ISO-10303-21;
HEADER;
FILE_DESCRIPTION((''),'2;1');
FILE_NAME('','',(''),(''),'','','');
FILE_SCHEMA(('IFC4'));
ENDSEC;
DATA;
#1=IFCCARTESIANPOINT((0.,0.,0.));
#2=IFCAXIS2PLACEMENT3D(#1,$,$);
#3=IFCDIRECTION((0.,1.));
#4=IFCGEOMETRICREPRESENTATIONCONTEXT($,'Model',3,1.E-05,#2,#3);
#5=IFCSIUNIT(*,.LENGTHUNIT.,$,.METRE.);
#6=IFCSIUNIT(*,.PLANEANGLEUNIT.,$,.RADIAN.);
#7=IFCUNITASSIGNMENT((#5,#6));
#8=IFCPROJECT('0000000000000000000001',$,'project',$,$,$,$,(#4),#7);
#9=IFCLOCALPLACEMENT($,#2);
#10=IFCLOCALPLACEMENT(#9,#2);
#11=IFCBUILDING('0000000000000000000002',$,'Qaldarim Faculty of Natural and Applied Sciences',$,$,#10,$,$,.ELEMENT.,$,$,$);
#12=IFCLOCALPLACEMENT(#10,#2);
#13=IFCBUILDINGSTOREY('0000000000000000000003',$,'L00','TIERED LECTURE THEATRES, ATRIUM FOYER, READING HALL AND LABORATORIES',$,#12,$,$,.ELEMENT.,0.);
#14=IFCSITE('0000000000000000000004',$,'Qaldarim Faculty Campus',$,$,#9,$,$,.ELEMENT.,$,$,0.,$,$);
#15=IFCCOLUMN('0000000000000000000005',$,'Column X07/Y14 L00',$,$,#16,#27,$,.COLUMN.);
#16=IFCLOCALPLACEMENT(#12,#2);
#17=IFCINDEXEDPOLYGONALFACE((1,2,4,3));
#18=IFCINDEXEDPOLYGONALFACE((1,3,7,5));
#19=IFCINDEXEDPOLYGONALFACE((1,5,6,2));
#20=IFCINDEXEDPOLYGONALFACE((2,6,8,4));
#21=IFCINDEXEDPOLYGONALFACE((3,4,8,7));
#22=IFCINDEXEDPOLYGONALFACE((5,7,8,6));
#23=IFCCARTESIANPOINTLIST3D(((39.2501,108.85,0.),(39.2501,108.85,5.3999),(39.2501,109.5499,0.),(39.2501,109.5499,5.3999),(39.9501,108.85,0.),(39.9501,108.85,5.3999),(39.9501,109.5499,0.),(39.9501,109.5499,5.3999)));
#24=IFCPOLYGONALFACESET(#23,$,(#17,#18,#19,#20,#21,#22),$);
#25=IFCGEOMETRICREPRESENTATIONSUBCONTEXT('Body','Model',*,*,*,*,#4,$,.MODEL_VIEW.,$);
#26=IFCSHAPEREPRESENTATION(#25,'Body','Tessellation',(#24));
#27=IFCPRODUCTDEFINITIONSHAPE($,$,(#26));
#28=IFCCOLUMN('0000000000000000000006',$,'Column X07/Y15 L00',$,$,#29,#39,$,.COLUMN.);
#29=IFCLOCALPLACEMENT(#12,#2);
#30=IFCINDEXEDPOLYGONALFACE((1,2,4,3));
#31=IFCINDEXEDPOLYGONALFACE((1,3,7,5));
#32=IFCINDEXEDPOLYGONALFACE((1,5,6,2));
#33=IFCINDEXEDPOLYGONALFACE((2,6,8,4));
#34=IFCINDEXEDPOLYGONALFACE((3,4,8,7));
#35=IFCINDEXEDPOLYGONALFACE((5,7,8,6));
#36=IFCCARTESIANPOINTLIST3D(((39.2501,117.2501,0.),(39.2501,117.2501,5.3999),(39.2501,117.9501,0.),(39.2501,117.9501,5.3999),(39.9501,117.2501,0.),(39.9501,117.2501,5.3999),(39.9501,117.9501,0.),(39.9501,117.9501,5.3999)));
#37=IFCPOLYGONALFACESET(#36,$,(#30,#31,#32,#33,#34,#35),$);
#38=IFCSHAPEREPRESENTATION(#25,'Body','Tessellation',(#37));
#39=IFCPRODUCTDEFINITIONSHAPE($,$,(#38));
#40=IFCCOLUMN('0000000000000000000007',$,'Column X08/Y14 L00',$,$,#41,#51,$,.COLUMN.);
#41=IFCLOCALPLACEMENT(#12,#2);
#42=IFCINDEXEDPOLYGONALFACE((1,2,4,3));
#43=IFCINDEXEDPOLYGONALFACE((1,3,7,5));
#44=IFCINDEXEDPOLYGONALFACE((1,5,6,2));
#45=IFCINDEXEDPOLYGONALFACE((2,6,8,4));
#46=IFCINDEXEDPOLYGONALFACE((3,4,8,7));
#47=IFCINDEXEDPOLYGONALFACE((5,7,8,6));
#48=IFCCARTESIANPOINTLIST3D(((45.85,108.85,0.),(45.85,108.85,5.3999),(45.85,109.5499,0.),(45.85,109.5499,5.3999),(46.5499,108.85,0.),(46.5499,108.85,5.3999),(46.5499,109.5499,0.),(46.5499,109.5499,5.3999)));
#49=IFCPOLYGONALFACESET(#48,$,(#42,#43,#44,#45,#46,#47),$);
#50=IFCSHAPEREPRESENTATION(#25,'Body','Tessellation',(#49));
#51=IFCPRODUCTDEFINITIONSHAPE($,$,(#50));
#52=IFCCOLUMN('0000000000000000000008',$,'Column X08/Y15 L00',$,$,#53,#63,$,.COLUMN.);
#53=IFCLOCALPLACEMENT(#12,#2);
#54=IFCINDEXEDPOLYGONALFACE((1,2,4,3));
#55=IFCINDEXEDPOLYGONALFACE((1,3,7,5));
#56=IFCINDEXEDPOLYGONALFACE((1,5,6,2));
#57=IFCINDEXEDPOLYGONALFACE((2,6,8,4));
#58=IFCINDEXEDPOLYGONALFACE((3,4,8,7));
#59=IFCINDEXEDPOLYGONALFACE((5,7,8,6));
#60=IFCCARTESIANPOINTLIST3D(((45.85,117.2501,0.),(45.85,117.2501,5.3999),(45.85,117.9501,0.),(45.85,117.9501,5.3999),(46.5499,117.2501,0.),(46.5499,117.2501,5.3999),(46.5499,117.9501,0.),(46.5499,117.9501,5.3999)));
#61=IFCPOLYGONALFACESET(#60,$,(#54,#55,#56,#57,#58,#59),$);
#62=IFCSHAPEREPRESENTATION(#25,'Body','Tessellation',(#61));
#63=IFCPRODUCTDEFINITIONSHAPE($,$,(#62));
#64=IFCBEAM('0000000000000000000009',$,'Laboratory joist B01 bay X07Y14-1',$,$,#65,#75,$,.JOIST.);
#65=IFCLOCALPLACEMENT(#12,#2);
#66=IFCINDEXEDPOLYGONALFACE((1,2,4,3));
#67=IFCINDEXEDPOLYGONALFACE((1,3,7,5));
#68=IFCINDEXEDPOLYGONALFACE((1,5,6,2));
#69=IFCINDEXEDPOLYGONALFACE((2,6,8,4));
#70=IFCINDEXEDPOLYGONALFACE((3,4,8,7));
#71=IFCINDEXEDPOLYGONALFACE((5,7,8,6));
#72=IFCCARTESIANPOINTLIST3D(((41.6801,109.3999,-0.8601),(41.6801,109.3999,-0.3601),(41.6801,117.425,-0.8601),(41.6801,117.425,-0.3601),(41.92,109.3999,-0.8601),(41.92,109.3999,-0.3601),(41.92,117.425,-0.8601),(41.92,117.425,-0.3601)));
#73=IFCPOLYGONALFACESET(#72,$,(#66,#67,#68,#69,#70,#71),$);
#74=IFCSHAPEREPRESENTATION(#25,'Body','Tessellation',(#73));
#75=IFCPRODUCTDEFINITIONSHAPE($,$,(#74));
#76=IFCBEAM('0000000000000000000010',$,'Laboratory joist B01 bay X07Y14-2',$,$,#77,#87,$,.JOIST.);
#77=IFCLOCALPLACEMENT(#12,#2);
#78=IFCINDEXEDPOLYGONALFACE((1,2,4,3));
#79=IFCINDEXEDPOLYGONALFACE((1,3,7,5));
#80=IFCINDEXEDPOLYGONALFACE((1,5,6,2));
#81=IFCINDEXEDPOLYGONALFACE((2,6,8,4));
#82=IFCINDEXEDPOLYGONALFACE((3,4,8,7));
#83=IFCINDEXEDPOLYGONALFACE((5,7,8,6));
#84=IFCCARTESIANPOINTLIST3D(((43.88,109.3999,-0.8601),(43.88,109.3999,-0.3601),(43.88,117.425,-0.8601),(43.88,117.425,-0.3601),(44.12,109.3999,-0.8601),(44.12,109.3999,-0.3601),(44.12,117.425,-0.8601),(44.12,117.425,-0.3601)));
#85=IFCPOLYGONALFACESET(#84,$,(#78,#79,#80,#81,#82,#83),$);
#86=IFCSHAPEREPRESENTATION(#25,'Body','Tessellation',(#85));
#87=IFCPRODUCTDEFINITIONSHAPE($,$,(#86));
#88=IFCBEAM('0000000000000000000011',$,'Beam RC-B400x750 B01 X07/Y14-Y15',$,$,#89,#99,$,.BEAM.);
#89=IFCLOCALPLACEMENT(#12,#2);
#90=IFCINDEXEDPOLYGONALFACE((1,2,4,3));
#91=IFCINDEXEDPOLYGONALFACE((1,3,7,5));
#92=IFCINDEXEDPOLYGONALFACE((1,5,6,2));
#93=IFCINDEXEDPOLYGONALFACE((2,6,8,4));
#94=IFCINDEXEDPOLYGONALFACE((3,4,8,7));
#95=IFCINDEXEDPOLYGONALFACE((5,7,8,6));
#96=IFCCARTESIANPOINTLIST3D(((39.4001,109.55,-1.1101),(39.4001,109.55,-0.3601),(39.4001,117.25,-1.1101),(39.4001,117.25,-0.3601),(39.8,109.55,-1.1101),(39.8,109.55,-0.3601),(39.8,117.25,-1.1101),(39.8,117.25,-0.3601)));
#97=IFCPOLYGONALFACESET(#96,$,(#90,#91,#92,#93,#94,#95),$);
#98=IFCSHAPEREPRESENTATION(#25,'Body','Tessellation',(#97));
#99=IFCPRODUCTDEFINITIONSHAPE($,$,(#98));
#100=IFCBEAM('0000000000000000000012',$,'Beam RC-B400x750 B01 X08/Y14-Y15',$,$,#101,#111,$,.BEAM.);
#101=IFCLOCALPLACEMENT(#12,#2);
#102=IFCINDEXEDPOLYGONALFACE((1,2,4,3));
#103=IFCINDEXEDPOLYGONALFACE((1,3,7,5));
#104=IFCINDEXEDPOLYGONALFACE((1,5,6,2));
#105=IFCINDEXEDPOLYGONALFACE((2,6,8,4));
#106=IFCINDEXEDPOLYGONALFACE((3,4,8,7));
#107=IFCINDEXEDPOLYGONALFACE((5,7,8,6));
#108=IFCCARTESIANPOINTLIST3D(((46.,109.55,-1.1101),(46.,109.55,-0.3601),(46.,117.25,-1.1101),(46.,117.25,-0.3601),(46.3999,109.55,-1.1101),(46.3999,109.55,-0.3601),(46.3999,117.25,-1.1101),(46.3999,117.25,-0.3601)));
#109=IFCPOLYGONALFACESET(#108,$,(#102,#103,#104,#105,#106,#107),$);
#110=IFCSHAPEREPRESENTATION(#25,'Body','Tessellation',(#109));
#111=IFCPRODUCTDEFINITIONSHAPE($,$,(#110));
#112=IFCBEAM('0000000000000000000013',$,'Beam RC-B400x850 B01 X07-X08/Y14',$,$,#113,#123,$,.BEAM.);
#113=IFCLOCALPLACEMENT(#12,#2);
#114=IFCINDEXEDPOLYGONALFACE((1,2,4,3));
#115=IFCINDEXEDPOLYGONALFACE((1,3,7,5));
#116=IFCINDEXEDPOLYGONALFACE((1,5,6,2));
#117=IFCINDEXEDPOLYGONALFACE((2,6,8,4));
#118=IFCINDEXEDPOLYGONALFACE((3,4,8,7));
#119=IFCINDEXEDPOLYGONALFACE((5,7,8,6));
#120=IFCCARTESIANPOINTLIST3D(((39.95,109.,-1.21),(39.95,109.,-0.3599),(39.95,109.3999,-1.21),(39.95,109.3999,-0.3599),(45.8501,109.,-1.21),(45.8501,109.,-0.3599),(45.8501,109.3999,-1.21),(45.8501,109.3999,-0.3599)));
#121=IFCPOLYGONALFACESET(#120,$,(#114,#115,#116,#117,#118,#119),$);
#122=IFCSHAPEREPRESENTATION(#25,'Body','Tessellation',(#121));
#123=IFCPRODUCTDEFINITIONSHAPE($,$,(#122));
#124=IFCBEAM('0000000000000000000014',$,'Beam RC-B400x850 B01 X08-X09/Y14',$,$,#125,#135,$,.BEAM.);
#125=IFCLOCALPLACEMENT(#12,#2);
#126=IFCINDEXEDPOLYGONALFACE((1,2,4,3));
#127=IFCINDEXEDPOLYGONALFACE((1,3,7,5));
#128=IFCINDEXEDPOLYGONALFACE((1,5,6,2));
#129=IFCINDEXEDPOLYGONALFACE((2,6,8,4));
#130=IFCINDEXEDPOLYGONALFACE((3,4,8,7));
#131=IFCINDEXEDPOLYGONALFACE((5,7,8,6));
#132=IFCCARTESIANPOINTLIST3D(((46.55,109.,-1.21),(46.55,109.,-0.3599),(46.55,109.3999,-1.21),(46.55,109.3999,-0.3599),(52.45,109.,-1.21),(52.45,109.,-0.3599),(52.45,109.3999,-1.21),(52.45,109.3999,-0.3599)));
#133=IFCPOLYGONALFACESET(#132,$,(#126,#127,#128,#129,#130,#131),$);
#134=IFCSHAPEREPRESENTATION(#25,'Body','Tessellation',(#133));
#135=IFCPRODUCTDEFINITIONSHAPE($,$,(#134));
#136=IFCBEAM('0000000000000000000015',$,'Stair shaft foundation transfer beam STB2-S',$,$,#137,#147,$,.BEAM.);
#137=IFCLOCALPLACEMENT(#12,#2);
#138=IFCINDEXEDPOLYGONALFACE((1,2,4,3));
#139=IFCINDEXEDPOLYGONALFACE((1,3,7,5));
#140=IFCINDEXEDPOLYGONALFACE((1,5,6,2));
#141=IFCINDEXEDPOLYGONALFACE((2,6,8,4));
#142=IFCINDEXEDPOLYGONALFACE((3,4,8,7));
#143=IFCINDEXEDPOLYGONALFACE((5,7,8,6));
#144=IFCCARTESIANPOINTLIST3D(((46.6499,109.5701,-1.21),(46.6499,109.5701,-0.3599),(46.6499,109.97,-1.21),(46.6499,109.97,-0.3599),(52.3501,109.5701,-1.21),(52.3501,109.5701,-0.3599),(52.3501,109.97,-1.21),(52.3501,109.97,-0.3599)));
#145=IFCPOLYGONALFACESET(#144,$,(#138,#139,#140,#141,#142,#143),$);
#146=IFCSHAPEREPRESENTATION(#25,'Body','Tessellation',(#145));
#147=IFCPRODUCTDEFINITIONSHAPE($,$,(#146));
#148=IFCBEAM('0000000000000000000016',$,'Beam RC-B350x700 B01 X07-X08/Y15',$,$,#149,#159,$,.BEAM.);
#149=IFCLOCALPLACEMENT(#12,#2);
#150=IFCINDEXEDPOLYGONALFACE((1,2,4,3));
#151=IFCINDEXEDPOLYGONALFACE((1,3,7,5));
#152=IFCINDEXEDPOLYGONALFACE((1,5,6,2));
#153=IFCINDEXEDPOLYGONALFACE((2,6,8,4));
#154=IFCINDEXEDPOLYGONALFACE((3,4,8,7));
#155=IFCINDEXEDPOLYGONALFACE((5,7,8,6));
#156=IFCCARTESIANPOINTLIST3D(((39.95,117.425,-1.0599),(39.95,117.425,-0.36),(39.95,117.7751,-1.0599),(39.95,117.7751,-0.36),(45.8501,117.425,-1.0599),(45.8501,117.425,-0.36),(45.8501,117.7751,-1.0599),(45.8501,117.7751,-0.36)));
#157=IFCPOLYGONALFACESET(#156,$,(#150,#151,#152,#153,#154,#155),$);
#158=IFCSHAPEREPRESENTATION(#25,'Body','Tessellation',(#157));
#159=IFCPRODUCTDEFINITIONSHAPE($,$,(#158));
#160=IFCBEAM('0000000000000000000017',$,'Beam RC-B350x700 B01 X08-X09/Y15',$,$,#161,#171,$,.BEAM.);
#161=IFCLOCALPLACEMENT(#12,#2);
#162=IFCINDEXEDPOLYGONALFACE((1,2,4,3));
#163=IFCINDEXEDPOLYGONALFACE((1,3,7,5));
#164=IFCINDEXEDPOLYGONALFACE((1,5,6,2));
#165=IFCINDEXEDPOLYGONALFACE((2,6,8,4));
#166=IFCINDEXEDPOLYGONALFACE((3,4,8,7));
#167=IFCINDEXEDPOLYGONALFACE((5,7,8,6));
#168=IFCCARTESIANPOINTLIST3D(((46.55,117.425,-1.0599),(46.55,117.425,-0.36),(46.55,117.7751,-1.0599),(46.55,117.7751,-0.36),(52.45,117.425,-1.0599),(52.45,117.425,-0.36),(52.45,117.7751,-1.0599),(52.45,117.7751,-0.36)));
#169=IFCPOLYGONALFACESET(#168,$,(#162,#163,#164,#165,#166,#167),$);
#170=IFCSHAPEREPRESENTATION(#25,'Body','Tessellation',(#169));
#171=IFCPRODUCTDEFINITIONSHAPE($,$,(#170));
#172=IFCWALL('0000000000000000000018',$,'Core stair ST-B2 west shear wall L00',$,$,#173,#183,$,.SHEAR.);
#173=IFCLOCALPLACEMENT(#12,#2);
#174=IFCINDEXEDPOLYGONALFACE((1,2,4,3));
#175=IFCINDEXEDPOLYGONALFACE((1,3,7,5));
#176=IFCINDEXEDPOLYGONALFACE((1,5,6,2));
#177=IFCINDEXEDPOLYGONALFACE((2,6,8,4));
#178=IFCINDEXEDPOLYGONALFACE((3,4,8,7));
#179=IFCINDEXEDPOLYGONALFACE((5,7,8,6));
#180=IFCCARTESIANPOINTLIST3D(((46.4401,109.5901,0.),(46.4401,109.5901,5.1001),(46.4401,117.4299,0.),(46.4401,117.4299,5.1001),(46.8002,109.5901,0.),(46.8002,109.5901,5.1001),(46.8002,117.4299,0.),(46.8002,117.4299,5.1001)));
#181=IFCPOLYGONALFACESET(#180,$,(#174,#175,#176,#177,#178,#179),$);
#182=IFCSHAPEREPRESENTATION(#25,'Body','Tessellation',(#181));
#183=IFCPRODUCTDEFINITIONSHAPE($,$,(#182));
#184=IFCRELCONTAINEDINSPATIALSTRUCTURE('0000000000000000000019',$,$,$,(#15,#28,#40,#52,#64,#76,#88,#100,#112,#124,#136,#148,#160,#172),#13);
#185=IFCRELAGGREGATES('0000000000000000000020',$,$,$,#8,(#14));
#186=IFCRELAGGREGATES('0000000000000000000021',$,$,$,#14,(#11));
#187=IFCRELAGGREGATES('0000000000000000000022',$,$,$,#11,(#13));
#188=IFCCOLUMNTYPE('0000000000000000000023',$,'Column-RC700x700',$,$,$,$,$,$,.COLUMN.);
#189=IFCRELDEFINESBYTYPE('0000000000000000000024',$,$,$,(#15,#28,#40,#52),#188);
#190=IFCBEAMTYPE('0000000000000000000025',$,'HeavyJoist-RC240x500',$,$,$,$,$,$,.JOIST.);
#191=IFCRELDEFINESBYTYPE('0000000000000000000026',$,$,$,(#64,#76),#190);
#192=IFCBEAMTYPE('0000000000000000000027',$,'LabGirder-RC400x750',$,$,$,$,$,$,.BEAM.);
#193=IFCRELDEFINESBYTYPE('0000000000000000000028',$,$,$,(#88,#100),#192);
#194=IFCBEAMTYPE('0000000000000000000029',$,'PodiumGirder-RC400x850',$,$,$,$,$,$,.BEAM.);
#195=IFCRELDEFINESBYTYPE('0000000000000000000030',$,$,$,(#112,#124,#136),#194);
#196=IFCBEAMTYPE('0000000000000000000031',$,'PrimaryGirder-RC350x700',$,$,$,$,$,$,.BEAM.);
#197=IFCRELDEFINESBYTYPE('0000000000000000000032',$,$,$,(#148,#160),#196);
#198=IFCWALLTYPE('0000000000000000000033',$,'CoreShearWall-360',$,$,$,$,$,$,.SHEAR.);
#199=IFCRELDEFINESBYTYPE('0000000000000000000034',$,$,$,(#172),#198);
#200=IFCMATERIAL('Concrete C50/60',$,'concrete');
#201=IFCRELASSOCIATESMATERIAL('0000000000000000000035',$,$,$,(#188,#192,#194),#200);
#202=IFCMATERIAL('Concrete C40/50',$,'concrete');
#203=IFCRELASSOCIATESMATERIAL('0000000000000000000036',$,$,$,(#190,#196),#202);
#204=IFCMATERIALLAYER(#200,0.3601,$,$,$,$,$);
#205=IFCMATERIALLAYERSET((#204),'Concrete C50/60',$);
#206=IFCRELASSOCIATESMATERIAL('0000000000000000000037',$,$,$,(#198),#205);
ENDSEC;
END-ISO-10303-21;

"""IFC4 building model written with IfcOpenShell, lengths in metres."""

from ifc_helpers import new_model, si_unit, direction, frame, frame_2d, origin, origin_2d, place, context, subcontext, project, spatial, rectangle, extrude, material, layer, layer_set, material_profile, profile_set, type_object, element, save


model = new_model("IFC4")

# Units and contexts
model_context = context("Model", 3, precision=1e-05, world=origin(), true_north=direction((0.0, 1.0)))
body_context = subcontext(model_context, "Body", "Model", "MODEL_VIEW")
ifc_project = project(units=[si_unit("LENGTHUNIT", "METRE"), si_unit("PLANEANGLEUNIT", "RADIAN")], contexts=[model_context])

# Site, building, storey
site_placement = place(None, origin())
site = spatial("IfcSite", under=ifc_project, at=site_placement, Name="Qaldarim Faculty Campus", CompositionType="ELEMENT", RefElevation=0.0)
building_placement = place(site_placement, origin())
building = spatial("IfcBuilding", under=site, at=building_placement, Name="Qaldarim Faculty of Natural and Applied Sciences", CompositionType="ELEMENT")
storey_placement = place(building_placement, origin())
storey = spatial("IfcBuildingStorey", under=building, at=storey_placement, Name="L00", Description="TIERED LECTURE THEATRES, ATRIUM FOYER, READING HALL AND LABORATORIES", CompositionType="ELEMENT", Elevation=0.0)

# Columns
ifc_material_1 = material(Name="Concrete C50/60", Category="concrete")
ifc_material_profile_1 = material_profile(ifc_material_1, rectangle(XDim=0.7, YDim=0.7, at=origin_2d()), Name="RC-C700x700")
ifc_profile_set_1 = profile_set([ifc_material_profile_1], Name="Concrete C50/60")
column_type = type_object("IfcColumnType", Name="Column-RC700x700", PredefinedType="COLUMN", material=ifc_profile_set_1)
for number, where, z_axis, x_axis, name in (
    (1, (39.6001, 109.2, 0.0), (0.0, 0.0, 1.0), (1.0, 0.0, 0.0), "Column X07/Y14 L00"),
    (2, (39.6001, 117.6001, 0.0), (0.0, 0.0, 1.0), (1.0, 0.0, 0.0), "Column X07/Y15 L00"),
    (3, (46.2, 109.2, 0.0), (0.0, 0.0, 1.0), (1.0, 0.0, 0.0), "Column X08/Y14 L00"),
    (4, (46.2, 117.6001, 0.0), (0.0, 0.0, 1.0), (1.0, 0.0, 0.0), "Column X08/Y15 L00"),
):
    element("IfcColumn", number, at=place(storey_placement, frame(where, z_axis=z_axis, x_axis=x_axis)), inside=storey, type_object=column_type, Name=name, PredefinedType="COLUMN", context=body_context, shape_type="SweptSolid", body=[
        extrude(rectangle(XDim=0.7, YDim=0.7, at=origin_2d()), origin(), (0.0, 0.0, 1.0), 5.3999),
    ])

# Beams
ifc_material_2 = material(Name="Concrete C40/50", Category="concrete")
ifc_material_profile_2 = material_profile(ifc_material_2, rectangle(XDim=0.24, YDim=0.5, at=origin_2d()), Name="RC-J240x500")
ifc_profile_set_2 = profile_set([ifc_material_profile_2], Name="Concrete C40/50")
beam_type_1 = type_object("IfcBeamType", Name="HeavyJoist-RC240x500", PredefinedType="JOIST", material=ifc_profile_set_2)
for number, where, z_axis, x_axis, name in (
    (5, (41.8, 109.3999, -0.6101), (0.0, 1.0, 0.0), (-1.0, 0.0, 0.0), "Laboratory joist B01 bay X07Y14-1"),
    (6, (44.0, 109.3999, -0.6101), (0.0, 1.0, 0.0), (-1.0, 0.0, 0.0), "Laboratory joist B01 bay X07Y14-2"),
):
    element("IfcBeam", number, at=place(storey_placement, frame(where, z_axis=z_axis, x_axis=x_axis)), inside=storey, type_object=beam_type_1, Name=name, PredefinedType="JOIST", context=body_context, shape_type="SweptSolid", body=[
        extrude(rectangle(XDim=0.24, YDim=0.5, at=origin_2d()), origin(), (0.0, 0.0, 1.0), 8.0251),
    ])
ifc_material_profile_3 = material_profile(ifc_material_1, rectangle(XDim=0.3999, YDim=0.75, at=origin_2d()), Name="RC-B400x750")
ifc_profile_set_3 = profile_set([ifc_material_profile_3], Name="Concrete C50/60")
beam_type_2 = type_object("IfcBeamType", Name="LabGirder-RC400x750", PredefinedType="BEAM", material=ifc_profile_set_3)
for number, where, z_axis, x_axis, name in (
    (7, (39.6001, 109.55, -0.7351), (0.0, 1.0, 0.0), (-1.0, 0.0, 0.0), "Beam RC-B400x750 B01 X07/Y14-Y15"),
    (8, (46.2, 109.55, -0.7351), (0.0, 1.0, 0.0), (-1.0, 0.0, 0.0), "Beam RC-B400x750 B01 X08/Y14-Y15"),
):
    element("IfcBeam", number, at=place(storey_placement, frame(where, z_axis=z_axis, x_axis=x_axis)), inside=storey, type_object=beam_type_2, Name=name, PredefinedType="BEAM", context=body_context, shape_type="SweptSolid", body=[
        extrude(rectangle(XDim=0.3999, YDim=0.75, at=origin_2d()), origin(), (0.0, 0.0, 1.0), 7.7),
    ])
ifc_material_profile_4 = material_profile(ifc_material_1, rectangle(XDim=0.3999, YDim=0.8501, at=origin_2d()), Name="RC-B400x850")
ifc_profile_set_4 = profile_set([ifc_material_profile_4], Name="Concrete C50/60")
beam_type_3 = type_object("IfcBeamType", Name="PodiumGirder-RC400x850", PredefinedType="BEAM", material=ifc_profile_set_4)
beam_1_placement = place(storey_placement, frame((39.95, 109.2, -0.7849), z_axis=(1.0, 0.0, 0.0), x_axis=(0.0, 1.0, 0.0)))
element("IfcBeam", 9, at=beam_1_placement, inside=storey, type_object=beam_type_3, Name="Beam RC-B400x850 B01 X07-X08/Y14", PredefinedType="BEAM", context=body_context, shape_type="SweptSolid", body=[
    extrude(rectangle(XDim=0.3999, YDim=0.8501, at=origin_2d()), origin(), (0.0, 0.0, 1.0), 5.9001),
])
beam_2_placement = place(storey_placement, frame((46.55, 109.2, -0.7849), z_axis=(1.0, 0.0, 0.0), x_axis=(0.0, 1.0, 0.0)))
element("IfcBeam", 10, at=beam_2_placement, inside=storey, type_object=beam_type_3, Name="Beam RC-B400x850 B01 X08-X09/Y14", PredefinedType="BEAM", context=body_context, shape_type="SweptSolid", body=[
    extrude(rectangle(XDim=0.3999, YDim=0.8501, at=origin_2d()), origin(), (0.0, 0.0, 1.0), 5.8999),
])
beam_3_placement = place(storey_placement, frame((46.6499, 109.77, -0.7849), z_axis=(1.0, 0.0, 0.0), x_axis=(0.0, 1.0, 0.0)))
element("IfcBeam", 11, at=beam_3_placement, inside=storey, type_object=beam_type_3, Name="Stair shaft foundation transfer beam STB2-S", PredefinedType="BEAM", context=body_context, shape_type="SweptSolid", body=[
    extrude(rectangle(XDim=0.3999, YDim=0.8501, at=origin_2d()), origin(), (0.0, 0.0, 1.0), 5.7002),
])
ifc_material_profile_5 = material_profile(ifc_material_2, rectangle(XDim=0.3501, YDim=0.7, at=origin_2d()), Name="RC-B350x700")
ifc_profile_set_5 = profile_set([ifc_material_profile_5], Name="Concrete C40/50")
beam_type_4 = type_object("IfcBeamType", Name="PrimaryGirder-RC350x700", PredefinedType="BEAM", material=ifc_profile_set_5)
beam_4_placement = place(storey_placement, frame((39.95, 117.6001, -0.71), z_axis=(1.0, 0.0, 0.0), x_axis=(0.0, 1.0, 0.0)))
element("IfcBeam", 12, at=beam_4_placement, inside=storey, type_object=beam_type_4, Name="Beam RC-B350x700 B01 X07-X08/Y15", PredefinedType="BEAM", context=body_context, shape_type="SweptSolid", body=[
    extrude(rectangle(XDim=0.3501, YDim=0.7, at=origin_2d()), origin(), (0.0, 0.0, 1.0), 5.9001),
])
beam_5_placement = place(storey_placement, frame((46.55, 117.6001, -0.71), z_axis=(1.0, 0.0, 0.0), x_axis=(0.0, 1.0, 0.0)))
element("IfcBeam", 13, at=beam_5_placement, inside=storey, type_object=beam_type_4, Name="Beam RC-B350x700 B01 X08-X09/Y15", PredefinedType="BEAM", context=body_context, shape_type="SweptSolid", body=[
    extrude(rectangle(XDim=0.3501, YDim=0.7, at=origin_2d()), origin(), (0.0, 0.0, 1.0), 5.8999),
])

# Wall
ifc_layer_1 = layer(ifc_material_1, 0.3601)
ifc_layer_set_1 = layer_set([ifc_layer_1], Name="Concrete C50/60")
wall_type_1 = type_object("IfcWallType", Name="CoreShearWall-360", PredefinedType="SHEAR", material=ifc_layer_set_1)
wall_1_placement = place(storey_placement, frame((46.6201, 109.5901, 0.0), z_axis=(0.0, 0.0, 1.0), x_axis=(0.0, 1.0, 0.0)))
element("IfcWall", 14, at=wall_1_placement, inside=storey, type_object=wall_type_1, Name="Core stair ST-B2 west shear wall L00", PredefinedType="SHEAR", context=body_context, shape_type="SweptSolid", body=[
    extrude(rectangle(XDim=7.8398, YDim=0.3601, at=frame_2d((3.9199, 0.0))), origin(), (0.0, 0.0, 1.0), 5.1001),
])

save(model, "model.ifc")
